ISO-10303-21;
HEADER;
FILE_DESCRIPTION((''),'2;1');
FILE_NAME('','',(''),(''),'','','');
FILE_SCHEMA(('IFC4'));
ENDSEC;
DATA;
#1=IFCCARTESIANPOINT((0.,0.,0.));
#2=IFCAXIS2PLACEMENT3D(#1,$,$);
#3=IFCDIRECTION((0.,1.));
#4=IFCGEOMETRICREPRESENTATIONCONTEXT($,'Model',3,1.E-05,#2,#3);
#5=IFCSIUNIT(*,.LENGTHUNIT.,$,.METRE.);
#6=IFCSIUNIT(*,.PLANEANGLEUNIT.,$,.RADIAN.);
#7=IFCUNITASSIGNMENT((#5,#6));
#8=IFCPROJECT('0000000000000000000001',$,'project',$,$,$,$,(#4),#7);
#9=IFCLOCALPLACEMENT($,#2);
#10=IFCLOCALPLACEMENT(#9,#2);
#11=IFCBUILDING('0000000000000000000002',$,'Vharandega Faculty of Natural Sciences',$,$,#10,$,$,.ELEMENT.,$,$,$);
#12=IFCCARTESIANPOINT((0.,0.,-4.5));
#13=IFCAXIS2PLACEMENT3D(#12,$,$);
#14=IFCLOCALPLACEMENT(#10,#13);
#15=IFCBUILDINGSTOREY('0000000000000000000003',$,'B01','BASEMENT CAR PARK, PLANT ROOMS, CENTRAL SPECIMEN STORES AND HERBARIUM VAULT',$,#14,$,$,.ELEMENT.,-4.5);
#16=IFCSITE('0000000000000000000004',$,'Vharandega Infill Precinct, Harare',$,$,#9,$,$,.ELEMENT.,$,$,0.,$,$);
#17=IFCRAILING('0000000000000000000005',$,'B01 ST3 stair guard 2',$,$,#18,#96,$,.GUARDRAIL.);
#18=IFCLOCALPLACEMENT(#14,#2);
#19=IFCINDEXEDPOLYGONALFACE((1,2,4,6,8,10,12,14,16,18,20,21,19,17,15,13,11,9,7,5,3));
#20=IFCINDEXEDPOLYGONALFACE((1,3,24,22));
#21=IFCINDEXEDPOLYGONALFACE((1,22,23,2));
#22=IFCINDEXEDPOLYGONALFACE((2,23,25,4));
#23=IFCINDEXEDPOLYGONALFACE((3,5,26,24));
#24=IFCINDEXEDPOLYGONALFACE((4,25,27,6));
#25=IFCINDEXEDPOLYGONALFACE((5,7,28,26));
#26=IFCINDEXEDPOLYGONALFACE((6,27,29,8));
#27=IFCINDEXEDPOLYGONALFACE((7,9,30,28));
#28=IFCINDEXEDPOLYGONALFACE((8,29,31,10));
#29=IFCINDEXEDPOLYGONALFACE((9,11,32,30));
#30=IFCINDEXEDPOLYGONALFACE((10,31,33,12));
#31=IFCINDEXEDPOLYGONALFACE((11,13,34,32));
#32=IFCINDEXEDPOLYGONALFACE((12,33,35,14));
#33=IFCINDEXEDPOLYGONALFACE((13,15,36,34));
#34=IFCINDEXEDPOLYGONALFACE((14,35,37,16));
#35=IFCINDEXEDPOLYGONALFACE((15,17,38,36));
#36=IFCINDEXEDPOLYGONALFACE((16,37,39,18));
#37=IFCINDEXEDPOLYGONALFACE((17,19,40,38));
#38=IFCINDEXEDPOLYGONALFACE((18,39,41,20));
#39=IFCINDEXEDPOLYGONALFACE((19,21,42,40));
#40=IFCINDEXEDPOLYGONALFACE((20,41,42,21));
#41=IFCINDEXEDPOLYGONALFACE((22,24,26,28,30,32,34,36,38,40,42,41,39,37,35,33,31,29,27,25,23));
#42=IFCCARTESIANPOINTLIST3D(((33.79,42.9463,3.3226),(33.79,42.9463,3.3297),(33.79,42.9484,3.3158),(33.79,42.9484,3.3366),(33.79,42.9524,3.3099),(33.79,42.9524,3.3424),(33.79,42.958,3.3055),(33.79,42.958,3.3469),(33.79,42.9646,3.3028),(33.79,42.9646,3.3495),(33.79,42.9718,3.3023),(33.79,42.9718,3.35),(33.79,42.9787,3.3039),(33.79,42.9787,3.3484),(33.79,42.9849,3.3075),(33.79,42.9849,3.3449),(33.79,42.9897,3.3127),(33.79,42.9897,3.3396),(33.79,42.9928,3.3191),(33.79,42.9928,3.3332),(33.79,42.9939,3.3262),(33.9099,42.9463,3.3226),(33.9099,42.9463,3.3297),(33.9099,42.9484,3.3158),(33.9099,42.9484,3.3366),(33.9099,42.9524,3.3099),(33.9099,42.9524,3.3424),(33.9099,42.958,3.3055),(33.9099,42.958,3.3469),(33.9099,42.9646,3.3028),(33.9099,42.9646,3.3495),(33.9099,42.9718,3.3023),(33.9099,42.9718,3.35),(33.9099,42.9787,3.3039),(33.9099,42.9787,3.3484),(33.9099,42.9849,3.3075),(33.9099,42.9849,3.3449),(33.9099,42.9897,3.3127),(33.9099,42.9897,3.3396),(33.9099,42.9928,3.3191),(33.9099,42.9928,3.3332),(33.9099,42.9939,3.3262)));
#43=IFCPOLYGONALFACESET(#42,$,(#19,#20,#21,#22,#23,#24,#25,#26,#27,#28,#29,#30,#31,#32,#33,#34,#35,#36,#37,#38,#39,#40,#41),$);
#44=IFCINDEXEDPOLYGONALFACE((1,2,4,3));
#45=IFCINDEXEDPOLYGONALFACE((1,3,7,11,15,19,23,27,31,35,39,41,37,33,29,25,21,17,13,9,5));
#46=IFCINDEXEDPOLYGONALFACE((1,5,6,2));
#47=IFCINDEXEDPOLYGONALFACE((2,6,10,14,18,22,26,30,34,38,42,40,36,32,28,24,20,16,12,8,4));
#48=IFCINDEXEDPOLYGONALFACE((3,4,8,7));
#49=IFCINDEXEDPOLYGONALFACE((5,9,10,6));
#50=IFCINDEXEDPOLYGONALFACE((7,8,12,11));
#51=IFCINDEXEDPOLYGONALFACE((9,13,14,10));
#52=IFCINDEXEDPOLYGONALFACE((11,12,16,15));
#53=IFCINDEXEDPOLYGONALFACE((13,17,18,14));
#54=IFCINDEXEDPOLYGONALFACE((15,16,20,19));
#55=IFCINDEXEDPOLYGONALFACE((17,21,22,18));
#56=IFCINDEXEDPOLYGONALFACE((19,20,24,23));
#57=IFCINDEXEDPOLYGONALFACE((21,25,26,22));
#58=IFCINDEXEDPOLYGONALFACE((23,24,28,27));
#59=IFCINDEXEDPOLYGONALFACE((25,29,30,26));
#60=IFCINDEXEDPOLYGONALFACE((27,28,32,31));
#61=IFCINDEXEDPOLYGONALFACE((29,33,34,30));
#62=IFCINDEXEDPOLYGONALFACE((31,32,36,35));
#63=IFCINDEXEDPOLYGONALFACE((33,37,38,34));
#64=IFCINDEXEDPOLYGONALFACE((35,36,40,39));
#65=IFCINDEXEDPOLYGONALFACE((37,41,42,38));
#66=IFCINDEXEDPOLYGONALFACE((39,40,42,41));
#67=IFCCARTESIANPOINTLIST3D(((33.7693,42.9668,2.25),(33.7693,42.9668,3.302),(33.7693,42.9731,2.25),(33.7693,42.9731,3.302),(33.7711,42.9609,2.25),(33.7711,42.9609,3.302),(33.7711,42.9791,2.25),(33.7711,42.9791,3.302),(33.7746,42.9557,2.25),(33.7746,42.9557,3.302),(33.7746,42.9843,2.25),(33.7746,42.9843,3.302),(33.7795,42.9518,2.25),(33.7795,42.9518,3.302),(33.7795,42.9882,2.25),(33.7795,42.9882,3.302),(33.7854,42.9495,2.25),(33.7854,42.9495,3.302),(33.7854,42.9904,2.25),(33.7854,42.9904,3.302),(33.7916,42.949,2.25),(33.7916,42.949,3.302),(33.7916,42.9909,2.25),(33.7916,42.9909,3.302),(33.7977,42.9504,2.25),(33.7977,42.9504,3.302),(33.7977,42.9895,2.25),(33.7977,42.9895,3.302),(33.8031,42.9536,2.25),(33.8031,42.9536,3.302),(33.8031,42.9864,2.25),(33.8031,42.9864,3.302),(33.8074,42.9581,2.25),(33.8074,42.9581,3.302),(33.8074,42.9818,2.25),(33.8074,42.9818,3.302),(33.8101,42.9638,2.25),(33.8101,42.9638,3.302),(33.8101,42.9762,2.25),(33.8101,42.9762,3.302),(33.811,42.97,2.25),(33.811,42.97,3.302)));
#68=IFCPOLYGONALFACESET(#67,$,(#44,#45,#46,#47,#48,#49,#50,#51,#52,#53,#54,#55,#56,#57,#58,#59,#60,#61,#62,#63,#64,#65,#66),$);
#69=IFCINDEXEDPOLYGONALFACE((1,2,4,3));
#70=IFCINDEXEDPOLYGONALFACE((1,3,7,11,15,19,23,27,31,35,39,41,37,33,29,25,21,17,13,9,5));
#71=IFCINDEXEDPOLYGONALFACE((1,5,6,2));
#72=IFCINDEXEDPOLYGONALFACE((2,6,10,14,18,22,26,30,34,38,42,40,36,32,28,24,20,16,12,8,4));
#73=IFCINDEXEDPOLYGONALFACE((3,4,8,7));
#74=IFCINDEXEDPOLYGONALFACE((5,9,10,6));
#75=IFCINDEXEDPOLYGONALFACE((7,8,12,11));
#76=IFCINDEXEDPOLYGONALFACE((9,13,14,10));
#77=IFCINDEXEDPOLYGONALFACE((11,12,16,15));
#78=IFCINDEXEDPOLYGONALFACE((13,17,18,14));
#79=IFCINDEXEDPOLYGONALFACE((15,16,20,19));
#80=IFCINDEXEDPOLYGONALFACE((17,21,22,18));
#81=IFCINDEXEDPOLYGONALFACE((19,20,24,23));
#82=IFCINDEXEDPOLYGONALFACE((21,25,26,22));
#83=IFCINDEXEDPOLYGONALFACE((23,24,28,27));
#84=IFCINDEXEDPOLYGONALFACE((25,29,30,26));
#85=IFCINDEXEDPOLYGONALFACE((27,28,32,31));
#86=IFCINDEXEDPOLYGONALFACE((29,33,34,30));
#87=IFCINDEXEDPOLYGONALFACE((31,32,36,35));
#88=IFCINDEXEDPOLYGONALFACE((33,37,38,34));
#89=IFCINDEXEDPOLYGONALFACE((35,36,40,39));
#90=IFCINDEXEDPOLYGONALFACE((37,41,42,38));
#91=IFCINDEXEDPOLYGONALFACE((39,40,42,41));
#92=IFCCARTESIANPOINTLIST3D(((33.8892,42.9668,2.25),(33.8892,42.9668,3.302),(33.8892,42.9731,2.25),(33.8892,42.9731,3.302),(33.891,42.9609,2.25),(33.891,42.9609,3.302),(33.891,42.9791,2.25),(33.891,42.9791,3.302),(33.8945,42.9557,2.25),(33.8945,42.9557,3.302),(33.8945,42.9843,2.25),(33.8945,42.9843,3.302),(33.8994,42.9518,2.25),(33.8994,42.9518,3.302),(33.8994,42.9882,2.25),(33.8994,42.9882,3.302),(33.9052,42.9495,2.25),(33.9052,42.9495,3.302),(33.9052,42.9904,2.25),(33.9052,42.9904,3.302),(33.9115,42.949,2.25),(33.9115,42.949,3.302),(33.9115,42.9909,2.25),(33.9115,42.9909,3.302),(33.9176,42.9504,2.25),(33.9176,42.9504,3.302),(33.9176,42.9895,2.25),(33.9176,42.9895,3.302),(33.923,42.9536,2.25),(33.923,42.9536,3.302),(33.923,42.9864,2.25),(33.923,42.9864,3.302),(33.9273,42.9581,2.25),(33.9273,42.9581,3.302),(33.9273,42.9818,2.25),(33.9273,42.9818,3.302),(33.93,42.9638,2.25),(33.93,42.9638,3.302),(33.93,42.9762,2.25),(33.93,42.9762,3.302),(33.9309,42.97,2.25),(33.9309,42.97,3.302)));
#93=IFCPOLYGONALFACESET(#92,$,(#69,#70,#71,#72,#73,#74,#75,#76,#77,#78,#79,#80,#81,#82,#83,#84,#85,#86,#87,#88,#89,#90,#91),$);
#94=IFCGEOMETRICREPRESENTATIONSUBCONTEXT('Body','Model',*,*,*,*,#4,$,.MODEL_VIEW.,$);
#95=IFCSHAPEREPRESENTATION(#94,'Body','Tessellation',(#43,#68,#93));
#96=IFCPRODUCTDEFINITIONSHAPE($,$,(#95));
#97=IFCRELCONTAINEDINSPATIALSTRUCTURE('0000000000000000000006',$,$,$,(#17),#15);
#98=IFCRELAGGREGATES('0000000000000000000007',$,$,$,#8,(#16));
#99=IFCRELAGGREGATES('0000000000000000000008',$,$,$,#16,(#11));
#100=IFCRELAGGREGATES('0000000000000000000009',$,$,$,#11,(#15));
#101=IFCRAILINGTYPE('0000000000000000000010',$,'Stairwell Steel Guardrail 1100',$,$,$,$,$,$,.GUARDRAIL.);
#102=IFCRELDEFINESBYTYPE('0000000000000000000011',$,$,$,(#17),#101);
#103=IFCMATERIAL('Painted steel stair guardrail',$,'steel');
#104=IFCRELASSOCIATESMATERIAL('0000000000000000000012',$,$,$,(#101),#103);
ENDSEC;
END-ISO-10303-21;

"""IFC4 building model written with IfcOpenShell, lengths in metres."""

from ifc_helpers import new_model, si_unit, direction, frame, origin, origin_2d, place, context, subcontext, project, spatial, circle, extrude, material, type_object, element, save


model = new_model("IFC4")

# Units and contexts
model_context = context("Model", 3, precision=1e-05, world=origin(), true_north=direction((0.0, 1.0)))
body_context = subcontext(model_context, "Body", "Model", "MODEL_VIEW")
ifc_project = project(units=[si_unit("LENGTHUNIT", "METRE"), si_unit("PLANEANGLEUNIT", "RADIAN")], contexts=[model_context])

# Site, building, storey
site_placement = place(None, origin())
site = spatial("IfcSite", under=ifc_project, at=site_placement, Name="Vharandega Infill Precinct, Harare", CompositionType="ELEMENT", RefElevation=0.0)
building_placement = place(site_placement, origin())
building = spatial("IfcBuilding", under=site, at=building_placement, Name="Vharandega Faculty of Natural Sciences", CompositionType="ELEMENT")
storey_placement = place(building_placement, frame((0.0, 0.0, -4.5)))
storey = spatial("IfcBuildingStorey", under=building, at=storey_placement, Name="B01", Description="BASEMENT CAR PARK, PLANT ROOMS, CENTRAL SPECIMEN STORES AND HERBARIUM VAULT", CompositionType="ELEMENT", Elevation=-4.5)

# Railing
ifc_material_1 = material(Name="Painted steel stair guardrail", Category="steel")
railing_type_1 = type_object("IfcRailingType", Name="Stairwell Steel Guardrail 1100", PredefinedType="GUARDRAIL", material=ifc_material_1)
railing_1_placement = place(storey_placement, frame((33.79, 42.97, 2.25)))
element("IfcRailing", 1, at=railing_1_placement, inside=storey, type_object=railing_type_1, Name="B01 ST3 stair guard 2", PredefinedType="GUARDRAIL", context=body_context, shape_type="SweptSolid", body=[
    extrude(circle(Radius=0.0239, at=origin_2d()), frame((0.0, 0.0, 1.0762), z_axis=(1.0, 0.0, 0.0), x_axis=(0.0, 1.0, 0.0)), (0.0, 0.0, 1.0), 0.1199),
    extrude(circle(Radius=0.021, at=origin_2d()), origin(), (0.0, 0.0, 1.0), 1.052),
    extrude(circle(Radius=0.021, at=origin_2d()), frame((0.1199, 0.0, 0.0)), (0.0, 0.0, 1.0), 1.052),
])

save(model, "model.ifc")
